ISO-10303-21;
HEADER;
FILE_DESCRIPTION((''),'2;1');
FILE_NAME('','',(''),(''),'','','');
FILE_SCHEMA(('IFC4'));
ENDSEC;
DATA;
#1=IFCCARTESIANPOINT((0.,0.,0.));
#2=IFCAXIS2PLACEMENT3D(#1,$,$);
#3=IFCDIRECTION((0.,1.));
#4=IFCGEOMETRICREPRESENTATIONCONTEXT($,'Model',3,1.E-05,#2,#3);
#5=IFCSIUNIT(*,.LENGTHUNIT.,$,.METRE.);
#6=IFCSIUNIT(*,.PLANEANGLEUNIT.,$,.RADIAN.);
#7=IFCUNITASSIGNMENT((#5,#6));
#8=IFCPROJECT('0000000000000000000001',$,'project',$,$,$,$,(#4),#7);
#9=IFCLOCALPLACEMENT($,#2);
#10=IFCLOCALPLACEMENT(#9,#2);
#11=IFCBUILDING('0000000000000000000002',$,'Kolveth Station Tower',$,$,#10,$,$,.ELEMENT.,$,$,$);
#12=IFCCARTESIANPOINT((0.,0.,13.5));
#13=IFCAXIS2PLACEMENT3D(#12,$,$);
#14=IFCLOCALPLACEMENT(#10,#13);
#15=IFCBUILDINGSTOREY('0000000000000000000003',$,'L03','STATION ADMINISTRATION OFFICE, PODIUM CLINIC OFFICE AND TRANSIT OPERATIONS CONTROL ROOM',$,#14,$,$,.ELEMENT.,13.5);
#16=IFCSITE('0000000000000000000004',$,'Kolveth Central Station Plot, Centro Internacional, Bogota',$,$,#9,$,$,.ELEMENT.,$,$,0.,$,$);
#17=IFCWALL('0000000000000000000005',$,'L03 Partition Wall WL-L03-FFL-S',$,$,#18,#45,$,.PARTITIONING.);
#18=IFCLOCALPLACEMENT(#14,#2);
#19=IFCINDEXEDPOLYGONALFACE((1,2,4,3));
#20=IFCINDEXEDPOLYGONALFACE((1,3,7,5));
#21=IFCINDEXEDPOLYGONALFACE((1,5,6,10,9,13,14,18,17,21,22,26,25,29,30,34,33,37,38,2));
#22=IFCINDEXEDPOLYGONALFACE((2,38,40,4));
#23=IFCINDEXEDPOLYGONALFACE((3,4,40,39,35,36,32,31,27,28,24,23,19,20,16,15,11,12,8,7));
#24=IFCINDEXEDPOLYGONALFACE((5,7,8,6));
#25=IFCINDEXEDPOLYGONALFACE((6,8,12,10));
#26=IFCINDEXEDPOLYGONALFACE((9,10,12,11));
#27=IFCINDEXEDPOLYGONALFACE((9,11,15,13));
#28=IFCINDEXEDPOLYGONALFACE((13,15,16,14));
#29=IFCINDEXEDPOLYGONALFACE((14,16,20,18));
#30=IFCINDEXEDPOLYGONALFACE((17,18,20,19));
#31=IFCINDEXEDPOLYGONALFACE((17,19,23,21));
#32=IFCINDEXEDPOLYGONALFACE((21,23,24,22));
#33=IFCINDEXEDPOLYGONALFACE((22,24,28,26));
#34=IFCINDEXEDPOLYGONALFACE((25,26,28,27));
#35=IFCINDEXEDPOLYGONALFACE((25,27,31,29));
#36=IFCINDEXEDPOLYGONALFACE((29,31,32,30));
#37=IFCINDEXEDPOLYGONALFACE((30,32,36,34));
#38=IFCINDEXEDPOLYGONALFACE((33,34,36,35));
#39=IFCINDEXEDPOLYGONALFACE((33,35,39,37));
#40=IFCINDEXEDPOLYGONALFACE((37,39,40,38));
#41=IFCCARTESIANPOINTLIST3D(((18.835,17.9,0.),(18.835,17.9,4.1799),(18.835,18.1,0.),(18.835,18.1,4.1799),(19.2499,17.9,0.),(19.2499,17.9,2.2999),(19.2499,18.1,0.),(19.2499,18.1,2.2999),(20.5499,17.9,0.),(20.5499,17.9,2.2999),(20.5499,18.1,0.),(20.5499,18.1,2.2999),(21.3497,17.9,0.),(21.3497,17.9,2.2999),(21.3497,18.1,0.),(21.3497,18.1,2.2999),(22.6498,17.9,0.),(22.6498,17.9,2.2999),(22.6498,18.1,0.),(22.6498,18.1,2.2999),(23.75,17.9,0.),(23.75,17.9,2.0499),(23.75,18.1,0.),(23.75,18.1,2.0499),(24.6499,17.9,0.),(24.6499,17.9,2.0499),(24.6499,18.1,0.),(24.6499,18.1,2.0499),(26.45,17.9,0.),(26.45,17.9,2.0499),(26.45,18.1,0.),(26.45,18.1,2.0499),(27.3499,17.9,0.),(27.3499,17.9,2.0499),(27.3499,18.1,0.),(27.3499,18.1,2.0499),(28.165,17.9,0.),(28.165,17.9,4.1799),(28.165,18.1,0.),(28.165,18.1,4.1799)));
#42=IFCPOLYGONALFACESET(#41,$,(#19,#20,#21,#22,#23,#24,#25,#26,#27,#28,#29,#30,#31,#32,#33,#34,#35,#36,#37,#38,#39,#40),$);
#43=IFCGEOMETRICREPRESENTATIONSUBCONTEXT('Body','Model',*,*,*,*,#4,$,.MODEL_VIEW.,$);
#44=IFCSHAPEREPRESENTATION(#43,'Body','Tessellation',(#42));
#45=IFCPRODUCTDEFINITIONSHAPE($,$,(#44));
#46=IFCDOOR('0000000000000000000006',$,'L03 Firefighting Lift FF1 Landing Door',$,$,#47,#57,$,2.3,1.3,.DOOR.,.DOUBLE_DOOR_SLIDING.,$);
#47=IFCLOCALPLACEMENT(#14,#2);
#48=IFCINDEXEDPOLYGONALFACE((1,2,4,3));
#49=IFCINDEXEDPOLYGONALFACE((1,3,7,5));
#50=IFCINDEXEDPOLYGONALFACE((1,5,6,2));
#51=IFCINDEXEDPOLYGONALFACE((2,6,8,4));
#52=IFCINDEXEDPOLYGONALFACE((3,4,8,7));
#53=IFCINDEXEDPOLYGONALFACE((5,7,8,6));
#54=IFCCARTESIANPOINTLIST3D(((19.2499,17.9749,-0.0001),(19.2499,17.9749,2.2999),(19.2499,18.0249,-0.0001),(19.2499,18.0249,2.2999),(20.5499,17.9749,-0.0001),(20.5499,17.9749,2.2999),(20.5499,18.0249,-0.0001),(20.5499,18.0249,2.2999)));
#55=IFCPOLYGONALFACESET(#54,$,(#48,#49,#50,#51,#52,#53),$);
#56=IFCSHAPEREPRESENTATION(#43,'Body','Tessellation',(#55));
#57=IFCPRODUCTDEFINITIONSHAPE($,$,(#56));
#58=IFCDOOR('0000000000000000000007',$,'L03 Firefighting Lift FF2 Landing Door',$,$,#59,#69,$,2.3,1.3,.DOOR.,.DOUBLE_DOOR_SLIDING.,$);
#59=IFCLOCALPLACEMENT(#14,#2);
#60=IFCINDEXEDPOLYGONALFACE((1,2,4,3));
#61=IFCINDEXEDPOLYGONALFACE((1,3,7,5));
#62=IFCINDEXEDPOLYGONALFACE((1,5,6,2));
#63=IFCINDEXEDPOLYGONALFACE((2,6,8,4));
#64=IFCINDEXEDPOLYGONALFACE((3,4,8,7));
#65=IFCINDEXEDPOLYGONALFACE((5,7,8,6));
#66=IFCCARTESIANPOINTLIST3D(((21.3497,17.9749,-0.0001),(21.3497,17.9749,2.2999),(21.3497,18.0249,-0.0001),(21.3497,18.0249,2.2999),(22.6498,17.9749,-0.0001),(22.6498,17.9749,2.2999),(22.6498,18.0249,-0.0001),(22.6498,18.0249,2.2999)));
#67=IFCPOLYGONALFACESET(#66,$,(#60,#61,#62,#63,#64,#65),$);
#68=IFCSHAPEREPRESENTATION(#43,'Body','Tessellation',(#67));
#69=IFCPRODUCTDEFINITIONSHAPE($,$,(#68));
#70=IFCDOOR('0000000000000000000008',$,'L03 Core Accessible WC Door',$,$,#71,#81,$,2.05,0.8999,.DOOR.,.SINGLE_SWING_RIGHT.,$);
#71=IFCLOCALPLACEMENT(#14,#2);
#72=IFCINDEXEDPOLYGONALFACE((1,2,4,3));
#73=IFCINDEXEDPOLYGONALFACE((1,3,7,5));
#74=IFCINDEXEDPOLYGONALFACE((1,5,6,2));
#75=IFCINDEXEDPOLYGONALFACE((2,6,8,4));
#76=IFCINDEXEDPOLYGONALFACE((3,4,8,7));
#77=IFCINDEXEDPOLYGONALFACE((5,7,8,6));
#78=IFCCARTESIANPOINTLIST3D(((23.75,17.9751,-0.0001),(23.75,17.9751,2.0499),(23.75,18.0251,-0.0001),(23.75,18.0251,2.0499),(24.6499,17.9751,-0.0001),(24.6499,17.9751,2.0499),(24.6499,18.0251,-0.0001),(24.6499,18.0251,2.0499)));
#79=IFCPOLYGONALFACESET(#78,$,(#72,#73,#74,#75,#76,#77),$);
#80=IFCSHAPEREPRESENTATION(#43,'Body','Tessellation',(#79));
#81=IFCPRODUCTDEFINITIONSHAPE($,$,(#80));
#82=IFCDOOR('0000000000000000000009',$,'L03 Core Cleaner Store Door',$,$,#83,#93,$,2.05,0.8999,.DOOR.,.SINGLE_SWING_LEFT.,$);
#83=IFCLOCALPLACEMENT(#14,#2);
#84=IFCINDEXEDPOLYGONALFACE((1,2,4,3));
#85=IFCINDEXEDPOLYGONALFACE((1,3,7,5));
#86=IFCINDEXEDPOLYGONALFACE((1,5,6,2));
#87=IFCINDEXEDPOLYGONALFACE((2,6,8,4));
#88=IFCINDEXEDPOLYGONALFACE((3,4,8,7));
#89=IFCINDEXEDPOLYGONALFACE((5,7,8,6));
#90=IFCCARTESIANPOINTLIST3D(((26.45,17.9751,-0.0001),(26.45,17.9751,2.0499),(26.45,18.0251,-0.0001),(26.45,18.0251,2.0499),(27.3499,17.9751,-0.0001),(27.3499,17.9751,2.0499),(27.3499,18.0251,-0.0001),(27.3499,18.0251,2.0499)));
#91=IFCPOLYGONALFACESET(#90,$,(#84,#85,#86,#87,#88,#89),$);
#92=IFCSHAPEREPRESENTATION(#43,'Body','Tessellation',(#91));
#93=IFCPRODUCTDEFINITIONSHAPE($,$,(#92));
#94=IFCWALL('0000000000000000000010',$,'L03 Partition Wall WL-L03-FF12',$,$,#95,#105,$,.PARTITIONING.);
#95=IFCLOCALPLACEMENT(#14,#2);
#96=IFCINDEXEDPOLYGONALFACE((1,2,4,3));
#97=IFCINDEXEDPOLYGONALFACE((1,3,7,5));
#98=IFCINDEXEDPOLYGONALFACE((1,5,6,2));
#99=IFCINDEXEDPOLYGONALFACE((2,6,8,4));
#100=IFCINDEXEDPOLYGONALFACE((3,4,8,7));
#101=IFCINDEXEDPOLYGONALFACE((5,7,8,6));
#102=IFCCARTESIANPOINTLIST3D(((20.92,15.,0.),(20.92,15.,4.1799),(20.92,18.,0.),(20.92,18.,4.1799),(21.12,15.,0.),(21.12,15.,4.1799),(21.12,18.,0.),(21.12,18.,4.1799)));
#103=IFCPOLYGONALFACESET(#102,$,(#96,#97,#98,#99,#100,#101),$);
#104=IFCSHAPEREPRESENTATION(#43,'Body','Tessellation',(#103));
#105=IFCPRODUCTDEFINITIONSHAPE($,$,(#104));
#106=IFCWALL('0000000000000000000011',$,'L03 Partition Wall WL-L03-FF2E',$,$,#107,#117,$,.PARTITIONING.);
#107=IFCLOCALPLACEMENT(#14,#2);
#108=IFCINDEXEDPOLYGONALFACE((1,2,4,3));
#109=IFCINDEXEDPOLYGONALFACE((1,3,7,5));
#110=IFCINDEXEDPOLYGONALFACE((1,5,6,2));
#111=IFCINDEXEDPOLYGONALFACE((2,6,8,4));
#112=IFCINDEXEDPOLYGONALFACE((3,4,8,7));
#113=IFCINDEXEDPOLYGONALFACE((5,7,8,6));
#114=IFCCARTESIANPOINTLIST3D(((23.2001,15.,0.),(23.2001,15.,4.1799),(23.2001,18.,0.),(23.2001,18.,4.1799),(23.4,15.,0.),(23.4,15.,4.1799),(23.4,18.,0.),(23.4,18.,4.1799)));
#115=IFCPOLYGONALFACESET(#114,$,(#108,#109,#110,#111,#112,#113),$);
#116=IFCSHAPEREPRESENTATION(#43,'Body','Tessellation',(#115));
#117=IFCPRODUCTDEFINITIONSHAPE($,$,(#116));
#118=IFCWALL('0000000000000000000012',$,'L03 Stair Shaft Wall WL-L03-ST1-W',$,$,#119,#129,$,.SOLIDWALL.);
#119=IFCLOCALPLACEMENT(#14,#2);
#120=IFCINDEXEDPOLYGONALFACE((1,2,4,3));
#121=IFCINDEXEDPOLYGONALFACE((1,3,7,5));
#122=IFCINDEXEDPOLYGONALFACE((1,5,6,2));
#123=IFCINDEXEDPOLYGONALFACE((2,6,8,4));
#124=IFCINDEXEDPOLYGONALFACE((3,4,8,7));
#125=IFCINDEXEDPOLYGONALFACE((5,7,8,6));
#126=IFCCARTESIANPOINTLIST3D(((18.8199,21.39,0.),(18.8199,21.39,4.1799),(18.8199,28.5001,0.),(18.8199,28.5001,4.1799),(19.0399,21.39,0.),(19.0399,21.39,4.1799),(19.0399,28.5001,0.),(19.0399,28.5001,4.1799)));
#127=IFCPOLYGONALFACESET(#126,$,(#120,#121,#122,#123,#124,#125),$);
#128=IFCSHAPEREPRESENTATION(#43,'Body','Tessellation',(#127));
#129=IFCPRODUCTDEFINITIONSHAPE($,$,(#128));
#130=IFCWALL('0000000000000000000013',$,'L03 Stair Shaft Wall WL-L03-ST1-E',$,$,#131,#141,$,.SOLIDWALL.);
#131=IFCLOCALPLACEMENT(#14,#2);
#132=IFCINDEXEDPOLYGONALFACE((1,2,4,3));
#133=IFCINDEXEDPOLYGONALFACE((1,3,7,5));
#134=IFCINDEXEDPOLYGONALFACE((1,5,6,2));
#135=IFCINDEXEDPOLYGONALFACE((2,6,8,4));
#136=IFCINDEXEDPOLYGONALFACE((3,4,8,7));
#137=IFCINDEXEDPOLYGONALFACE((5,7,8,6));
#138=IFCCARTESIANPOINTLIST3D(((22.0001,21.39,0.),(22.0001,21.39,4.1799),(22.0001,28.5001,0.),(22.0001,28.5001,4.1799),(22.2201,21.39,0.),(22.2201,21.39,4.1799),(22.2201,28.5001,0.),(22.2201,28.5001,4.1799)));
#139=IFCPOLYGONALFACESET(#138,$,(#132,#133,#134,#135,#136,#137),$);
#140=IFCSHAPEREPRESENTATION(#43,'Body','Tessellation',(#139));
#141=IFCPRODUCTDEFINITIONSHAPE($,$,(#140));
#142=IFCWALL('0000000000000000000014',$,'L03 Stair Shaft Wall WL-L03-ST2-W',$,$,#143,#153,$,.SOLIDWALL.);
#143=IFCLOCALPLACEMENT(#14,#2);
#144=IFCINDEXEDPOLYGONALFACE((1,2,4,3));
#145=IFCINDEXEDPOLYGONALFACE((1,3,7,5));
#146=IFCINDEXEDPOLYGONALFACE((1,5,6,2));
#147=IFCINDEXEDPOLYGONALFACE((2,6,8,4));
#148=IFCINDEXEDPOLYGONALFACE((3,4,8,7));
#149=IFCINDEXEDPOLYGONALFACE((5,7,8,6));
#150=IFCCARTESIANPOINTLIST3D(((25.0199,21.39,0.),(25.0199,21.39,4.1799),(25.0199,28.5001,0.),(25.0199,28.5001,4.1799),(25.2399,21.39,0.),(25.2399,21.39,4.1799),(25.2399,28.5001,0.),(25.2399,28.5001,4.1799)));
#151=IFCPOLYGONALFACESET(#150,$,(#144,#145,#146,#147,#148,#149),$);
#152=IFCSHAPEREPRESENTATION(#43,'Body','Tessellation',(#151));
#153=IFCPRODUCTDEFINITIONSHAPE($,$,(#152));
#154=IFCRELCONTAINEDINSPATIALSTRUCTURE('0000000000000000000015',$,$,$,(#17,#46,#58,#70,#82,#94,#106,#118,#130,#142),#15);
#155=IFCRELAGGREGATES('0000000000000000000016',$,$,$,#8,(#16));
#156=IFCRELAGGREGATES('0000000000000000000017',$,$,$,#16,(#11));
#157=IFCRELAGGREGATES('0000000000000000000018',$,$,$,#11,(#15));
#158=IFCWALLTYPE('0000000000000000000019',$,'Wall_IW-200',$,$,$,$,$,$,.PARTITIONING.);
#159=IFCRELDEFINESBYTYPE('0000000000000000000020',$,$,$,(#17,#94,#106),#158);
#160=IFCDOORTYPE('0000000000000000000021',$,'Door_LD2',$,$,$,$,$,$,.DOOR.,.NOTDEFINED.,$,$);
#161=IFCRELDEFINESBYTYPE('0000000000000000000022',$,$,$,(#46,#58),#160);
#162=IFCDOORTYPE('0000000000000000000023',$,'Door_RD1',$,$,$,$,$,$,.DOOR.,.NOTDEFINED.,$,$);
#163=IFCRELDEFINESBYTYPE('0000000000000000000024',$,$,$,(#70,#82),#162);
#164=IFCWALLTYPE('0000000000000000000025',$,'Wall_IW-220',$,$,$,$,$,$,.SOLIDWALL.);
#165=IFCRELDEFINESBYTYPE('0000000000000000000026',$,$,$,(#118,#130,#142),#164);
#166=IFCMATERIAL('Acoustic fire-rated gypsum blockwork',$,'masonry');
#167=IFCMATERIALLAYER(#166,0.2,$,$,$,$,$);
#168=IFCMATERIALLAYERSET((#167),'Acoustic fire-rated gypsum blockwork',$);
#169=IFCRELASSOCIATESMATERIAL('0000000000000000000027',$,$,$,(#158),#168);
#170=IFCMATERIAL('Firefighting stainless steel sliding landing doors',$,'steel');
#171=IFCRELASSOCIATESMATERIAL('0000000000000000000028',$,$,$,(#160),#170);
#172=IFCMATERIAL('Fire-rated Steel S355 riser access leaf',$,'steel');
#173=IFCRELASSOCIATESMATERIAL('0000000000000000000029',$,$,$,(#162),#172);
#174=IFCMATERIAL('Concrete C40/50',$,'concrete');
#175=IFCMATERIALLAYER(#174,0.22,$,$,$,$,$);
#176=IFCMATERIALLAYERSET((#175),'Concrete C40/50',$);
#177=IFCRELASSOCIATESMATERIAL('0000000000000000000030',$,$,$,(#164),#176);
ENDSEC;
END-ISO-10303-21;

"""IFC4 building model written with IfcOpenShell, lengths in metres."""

from ifc_helpers import new_model, si_unit, direction, frame, frame_2d, origin, place, context, subcontext, project, spatial, rectangle, extrude, material, layer, layer_set, type_object, element, fill, save


model = new_model("IFC4")

# Units and contexts
model_context = context("Model", 3, precision=1e-05, world=origin(), true_north=direction((0.0, 1.0)))
body_context = subcontext(model_context, "Body", "Model", "MODEL_VIEW")
ifc_project = project(units=[si_unit("LENGTHUNIT", "METRE"), si_unit("PLANEANGLEUNIT", "RADIAN")], contexts=[model_context])

# Site, building, storey
site_placement = place(None, origin())
site = spatial("IfcSite", under=ifc_project, at=site_placement, Name="Kolveth Central Station Plot, Centro Internacional, Bogota", CompositionType="ELEMENT", RefElevation=0.0)
building_placement = place(site_placement, origin())
building = spatial("IfcBuilding", under=site, at=building_placement, Name="Kolveth Station Tower", CompositionType="ELEMENT")
storey_placement = place(building_placement, frame((0.0, 0.0, 13.5)))
storey = spatial("IfcBuildingStorey", under=building, at=storey_placement, Name="L03", Description="STATION ADMINISTRATION OFFICE, PODIUM CLINIC OFFICE AND TRANSIT OPERATIONS CONTROL ROOM", CompositionType="ELEMENT", Elevation=13.5)

# Shared definitions
ifc_material_1 = material(Name="Acoustic fire-rated gypsum blockwork", Category="masonry")
ifc_layer_1 = layer(ifc_material_1, 0.2)
ifc_layer_set_1 = layer_set([ifc_layer_1], Name="Acoustic fire-rated gypsum blockwork")
wall_type_1 = type_object("IfcWallType", Name="Wall_IW-200", PredefinedType="PARTITIONING", material=ifc_layer_set_1)

# Wall, openings, doors
wall_1_placement = place(storey_placement, frame((18.835, 18.0, 0.0), z_axis=(0.0, 0.0, 1.0), x_axis=(1.0, 0.0, 0.0)))
wall_1 = element("IfcWall", 1, at=wall_1_placement, inside=storey, type_object=wall_type_1, Name="L03 Partition Wall WL-L03-FFL-S", PredefinedType="PARTITIONING", context=body_context, shape_type="SweptSolid", body=[
    extrude(rectangle(XDim=9.3301, YDim=0.2, at=frame_2d((4.665, 0.0))), origin(), (0.0, 0.0, 1.0), 4.1799),
])
opening_1_placement = place(wall_1_placement, frame((0.415, 0.0, 0.0)))
opening_1 = element("IfcOpeningElement", 2, at=opening_1_placement, cuts=wall_1, PredefinedType="OPENING", context=body_context, shape_type="SweptSolid", body=[
    extrude(rectangle(XDim=1.3, YDim=2.3, at=frame_2d((0.6499, 1.1499))), frame((0.0, 0.1099, 0.0), z_axis=(0.0, -1.0, 0.0), x_axis=(1.0, 0.0, 0.0)), (0.0, 0.0, 1.0), 0.22),
])
opening_2_placement = place(wall_1_placement, frame((2.5149, 0.0, 0.0)))
opening_2 = element("IfcOpeningElement", 3, at=opening_2_placement, cuts=wall_1, PredefinedType="OPENING", context=body_context, shape_type="SweptSolid", body=[
    extrude(rectangle(XDim=1.3, YDim=2.3, at=frame_2d((0.6499, 1.1499))), frame((0.0, 0.1099, 0.0), z_axis=(0.0, -1.0, 0.0), x_axis=(1.0, 0.0, 0.0)), (0.0, 0.0, 1.0), 0.22),
])
opening_3_placement = place(wall_1_placement, frame((4.915, 0.0, 0.0)))
opening_3 = element("IfcOpeningElement", 4, at=opening_3_placement, cuts=wall_1, PredefinedType="OPENING", context=body_context, shape_type="SweptSolid", body=[
    extrude(rectangle(XDim=0.8999, YDim=2.05, at=frame_2d((0.45, 1.0249))), frame((0.0, 0.1099, 0.0), z_axis=(0.0, -1.0, 0.0), x_axis=(1.0, 0.0, 0.0)), (0.0, 0.0, 1.0), 0.22),
])
opening_4_placement = place(wall_1_placement, frame((7.615, 0.0, 0.0)))
opening_4 = element("IfcOpeningElement", 5, at=opening_4_placement, cuts=wall_1, PredefinedType="OPENING", context=body_context, shape_type="SweptSolid", body=[
    extrude(rectangle(XDim=0.8999, YDim=2.05, at=frame_2d((0.45, 1.0249))), frame((0.0, 0.1099, 0.0), z_axis=(0.0, -1.0, 0.0), x_axis=(1.0, 0.0, 0.0)), (0.0, 0.0, 1.0), 0.22),
])
ifc_material_2 = material(Name="Firefighting stainless steel sliding landing doors", Category="steel")
door_type_1 = type_object("IfcDoorType", Name="Door_LD2", OperationType="NOTDEFINED", PredefinedType="DOOR", material=ifc_material_2)
door_1_placement = place(opening_1_placement, origin())
door_1 = element("IfcDoor", 6, at=door_1_placement, inside=storey, type_object=door_type_1, Name="L03 Firefighting Lift FF1 Landing Door", OperationType="DOUBLE_DOOR_SLIDING", OverallHeight=2.3, OverallWidth=1.3, PredefinedType="DOOR", context=body_context, shape_type="SweptSolid", body=[
    extrude(rectangle(XDim=1.3, YDim=2.3, at=frame_2d((0.6499, 1.1499))), frame((0.0, 0.0249, 0.0), z_axis=(0.0, -1.0, 0.0), x_axis=(1.0, 0.0, 0.0)), (0.0, 0.0, 1.0), 0.05),
])
fill(opening_1, door_1)
door_2_placement = place(opening_2_placement, origin())
door_2 = element("IfcDoor", 7, at=door_2_placement, inside=storey, type_object=door_type_1, Name="L03 Firefighting Lift FF2 Landing Door", OperationType="DOUBLE_DOOR_SLIDING", OverallHeight=2.3, OverallWidth=1.3, PredefinedType="DOOR", context=body_context, shape_type="SweptSolid", body=[
    extrude(rectangle(XDim=1.3, YDim=2.3, at=frame_2d((0.6499, 1.1499))), frame((0.0, 0.0249, 0.0), z_axis=(0.0, -1.0, 0.0), x_axis=(1.0, 0.0, 0.0)), (0.0, 0.0, 1.0), 0.05),
])
fill(opening_2, door_2)
ifc_material_3 = material(Name="Fire-rated Steel S355 riser access leaf", Category="steel")
door_type_2 = type_object("IfcDoorType", Name="Door_RD1", OperationType="NOTDEFINED", PredefinedType="DOOR", material=ifc_material_3)
door_3_placement = place(opening_3_placement, frame((0.8999, 0.0, 0.0), z_axis=(0.0, 0.0, 1.0), x_axis=(-1.0, 0.0, 0.0)))
door_3 = element("IfcDoor", 8, at=door_3_placement, inside=storey, type_object=door_type_2, Name="L03 Core Accessible WC Door", OperationType="SINGLE_SWING_RIGHT", OverallHeight=2.05, OverallWidth=0.8999, PredefinedType="DOOR", context=body_context, shape_type="SweptSolid", body=[
    extrude(rectangle(XDim=0.8999, YDim=2.05, at=frame_2d((0.45, 1.0249))), frame((0.0, 0.0249, 0.0), z_axis=(0.0, -1.0, 0.0), x_axis=(1.0, 0.0, 0.0)), (0.0, 0.0, 1.0), 0.05),
])
fill(opening_3, door_3)
door_4_placement = place(opening_4_placement, frame((0.8999, 0.0, 0.0), z_axis=(0.0, 0.0, 1.0), x_axis=(-1.0, 0.0, 0.0)))
door_4 = element("IfcDoor", 9, at=door_4_placement, inside=storey, type_object=door_type_2, Name="L03 Core Cleaner Store Door", OperationType="SINGLE_SWING_LEFT", OverallHeight=2.05, OverallWidth=0.8999, PredefinedType="DOOR", context=body_context, shape_type="SweptSolid", body=[
    extrude(rectangle(XDim=0.8999, YDim=2.05, at=frame_2d((0.45, 1.0249))), frame((0.0, 0.0249, 0.0), z_axis=(0.0, -1.0, 0.0), x_axis=(1.0, 0.0, 0.0)), (0.0, 0.0, 1.0), 0.05),
])
fill(opening_4, door_4)

# Walls
for number, where, z_axis, x_axis, name in (
    (10, (21.02, 15.0, 0.0), (0.0, 0.0, 1.0), (0.0, 1.0, 0.0), "L03 Partition Wall WL-L03-FF12"),
    (11, (23.3, 15.0, 0.0), (0.0, 0.0, 1.0), (0.0, 1.0, 0.0), "L03 Partition Wall WL-L03-FF2E"),
):
    element("IfcWall", number, at=place(storey_placement, frame(where, z_axis=z_axis, x_axis=x_axis)), inside=storey, type_object=wall_type_1, Name=name, PredefinedType="PARTITIONING", context=body_context, shape_type="SweptSolid", body=[
        extrude(rectangle(XDim=3.0, YDim=0.2, at=frame_2d((1.5, 0.0))), origin(), (0.0, 0.0, 1.0), 4.1799),
    ])
ifc_material_4 = material(Name="Concrete C40/50", Category="concrete")
ifc_layer_2 = layer(ifc_material_4, 0.22)
ifc_layer_set_2 = layer_set([ifc_layer_2], Name="Concrete C40/50")
wall_type_2 = type_object("IfcWallType", Name="Wall_IW-220", PredefinedType="SOLIDWALL", material=ifc_layer_set_2)
for number, where, z_axis, x_axis, name in (
    (12, (18.9299, 21.3899, 0.0), (0.0, 0.0, 1.0), (0.0, 1.0, 0.0), "L03 Stair Shaft Wall WL-L03-ST1-W"),
    (13, (22.1101, 21.3899, 0.0), (0.0, 0.0, 1.0), (0.0, 1.0, 0.0), "L03 Stair Shaft Wall WL-L03-ST1-E"),
    (14, (25.1299, 21.3899, 0.0), (0.0, 0.0, 1.0), (0.0, 1.0, 0.0), "L03 Stair Shaft Wall WL-L03-ST2-W"),
):
    element("IfcWall", number, at=place(storey_placement, frame(where, z_axis=z_axis, x_axis=x_axis)), inside=storey, type_object=wall_type_2, Name=name, PredefinedType="SOLIDWALL", context=body_context, shape_type="SweptSolid", body=[
        extrude(rectangle(XDim=7.1101, YDim=0.22, at=frame_2d((3.5552, 0.0))), origin(), (0.0, 0.0, 1.0), 4.1799),
    ])

save(model, "model.ifc")
